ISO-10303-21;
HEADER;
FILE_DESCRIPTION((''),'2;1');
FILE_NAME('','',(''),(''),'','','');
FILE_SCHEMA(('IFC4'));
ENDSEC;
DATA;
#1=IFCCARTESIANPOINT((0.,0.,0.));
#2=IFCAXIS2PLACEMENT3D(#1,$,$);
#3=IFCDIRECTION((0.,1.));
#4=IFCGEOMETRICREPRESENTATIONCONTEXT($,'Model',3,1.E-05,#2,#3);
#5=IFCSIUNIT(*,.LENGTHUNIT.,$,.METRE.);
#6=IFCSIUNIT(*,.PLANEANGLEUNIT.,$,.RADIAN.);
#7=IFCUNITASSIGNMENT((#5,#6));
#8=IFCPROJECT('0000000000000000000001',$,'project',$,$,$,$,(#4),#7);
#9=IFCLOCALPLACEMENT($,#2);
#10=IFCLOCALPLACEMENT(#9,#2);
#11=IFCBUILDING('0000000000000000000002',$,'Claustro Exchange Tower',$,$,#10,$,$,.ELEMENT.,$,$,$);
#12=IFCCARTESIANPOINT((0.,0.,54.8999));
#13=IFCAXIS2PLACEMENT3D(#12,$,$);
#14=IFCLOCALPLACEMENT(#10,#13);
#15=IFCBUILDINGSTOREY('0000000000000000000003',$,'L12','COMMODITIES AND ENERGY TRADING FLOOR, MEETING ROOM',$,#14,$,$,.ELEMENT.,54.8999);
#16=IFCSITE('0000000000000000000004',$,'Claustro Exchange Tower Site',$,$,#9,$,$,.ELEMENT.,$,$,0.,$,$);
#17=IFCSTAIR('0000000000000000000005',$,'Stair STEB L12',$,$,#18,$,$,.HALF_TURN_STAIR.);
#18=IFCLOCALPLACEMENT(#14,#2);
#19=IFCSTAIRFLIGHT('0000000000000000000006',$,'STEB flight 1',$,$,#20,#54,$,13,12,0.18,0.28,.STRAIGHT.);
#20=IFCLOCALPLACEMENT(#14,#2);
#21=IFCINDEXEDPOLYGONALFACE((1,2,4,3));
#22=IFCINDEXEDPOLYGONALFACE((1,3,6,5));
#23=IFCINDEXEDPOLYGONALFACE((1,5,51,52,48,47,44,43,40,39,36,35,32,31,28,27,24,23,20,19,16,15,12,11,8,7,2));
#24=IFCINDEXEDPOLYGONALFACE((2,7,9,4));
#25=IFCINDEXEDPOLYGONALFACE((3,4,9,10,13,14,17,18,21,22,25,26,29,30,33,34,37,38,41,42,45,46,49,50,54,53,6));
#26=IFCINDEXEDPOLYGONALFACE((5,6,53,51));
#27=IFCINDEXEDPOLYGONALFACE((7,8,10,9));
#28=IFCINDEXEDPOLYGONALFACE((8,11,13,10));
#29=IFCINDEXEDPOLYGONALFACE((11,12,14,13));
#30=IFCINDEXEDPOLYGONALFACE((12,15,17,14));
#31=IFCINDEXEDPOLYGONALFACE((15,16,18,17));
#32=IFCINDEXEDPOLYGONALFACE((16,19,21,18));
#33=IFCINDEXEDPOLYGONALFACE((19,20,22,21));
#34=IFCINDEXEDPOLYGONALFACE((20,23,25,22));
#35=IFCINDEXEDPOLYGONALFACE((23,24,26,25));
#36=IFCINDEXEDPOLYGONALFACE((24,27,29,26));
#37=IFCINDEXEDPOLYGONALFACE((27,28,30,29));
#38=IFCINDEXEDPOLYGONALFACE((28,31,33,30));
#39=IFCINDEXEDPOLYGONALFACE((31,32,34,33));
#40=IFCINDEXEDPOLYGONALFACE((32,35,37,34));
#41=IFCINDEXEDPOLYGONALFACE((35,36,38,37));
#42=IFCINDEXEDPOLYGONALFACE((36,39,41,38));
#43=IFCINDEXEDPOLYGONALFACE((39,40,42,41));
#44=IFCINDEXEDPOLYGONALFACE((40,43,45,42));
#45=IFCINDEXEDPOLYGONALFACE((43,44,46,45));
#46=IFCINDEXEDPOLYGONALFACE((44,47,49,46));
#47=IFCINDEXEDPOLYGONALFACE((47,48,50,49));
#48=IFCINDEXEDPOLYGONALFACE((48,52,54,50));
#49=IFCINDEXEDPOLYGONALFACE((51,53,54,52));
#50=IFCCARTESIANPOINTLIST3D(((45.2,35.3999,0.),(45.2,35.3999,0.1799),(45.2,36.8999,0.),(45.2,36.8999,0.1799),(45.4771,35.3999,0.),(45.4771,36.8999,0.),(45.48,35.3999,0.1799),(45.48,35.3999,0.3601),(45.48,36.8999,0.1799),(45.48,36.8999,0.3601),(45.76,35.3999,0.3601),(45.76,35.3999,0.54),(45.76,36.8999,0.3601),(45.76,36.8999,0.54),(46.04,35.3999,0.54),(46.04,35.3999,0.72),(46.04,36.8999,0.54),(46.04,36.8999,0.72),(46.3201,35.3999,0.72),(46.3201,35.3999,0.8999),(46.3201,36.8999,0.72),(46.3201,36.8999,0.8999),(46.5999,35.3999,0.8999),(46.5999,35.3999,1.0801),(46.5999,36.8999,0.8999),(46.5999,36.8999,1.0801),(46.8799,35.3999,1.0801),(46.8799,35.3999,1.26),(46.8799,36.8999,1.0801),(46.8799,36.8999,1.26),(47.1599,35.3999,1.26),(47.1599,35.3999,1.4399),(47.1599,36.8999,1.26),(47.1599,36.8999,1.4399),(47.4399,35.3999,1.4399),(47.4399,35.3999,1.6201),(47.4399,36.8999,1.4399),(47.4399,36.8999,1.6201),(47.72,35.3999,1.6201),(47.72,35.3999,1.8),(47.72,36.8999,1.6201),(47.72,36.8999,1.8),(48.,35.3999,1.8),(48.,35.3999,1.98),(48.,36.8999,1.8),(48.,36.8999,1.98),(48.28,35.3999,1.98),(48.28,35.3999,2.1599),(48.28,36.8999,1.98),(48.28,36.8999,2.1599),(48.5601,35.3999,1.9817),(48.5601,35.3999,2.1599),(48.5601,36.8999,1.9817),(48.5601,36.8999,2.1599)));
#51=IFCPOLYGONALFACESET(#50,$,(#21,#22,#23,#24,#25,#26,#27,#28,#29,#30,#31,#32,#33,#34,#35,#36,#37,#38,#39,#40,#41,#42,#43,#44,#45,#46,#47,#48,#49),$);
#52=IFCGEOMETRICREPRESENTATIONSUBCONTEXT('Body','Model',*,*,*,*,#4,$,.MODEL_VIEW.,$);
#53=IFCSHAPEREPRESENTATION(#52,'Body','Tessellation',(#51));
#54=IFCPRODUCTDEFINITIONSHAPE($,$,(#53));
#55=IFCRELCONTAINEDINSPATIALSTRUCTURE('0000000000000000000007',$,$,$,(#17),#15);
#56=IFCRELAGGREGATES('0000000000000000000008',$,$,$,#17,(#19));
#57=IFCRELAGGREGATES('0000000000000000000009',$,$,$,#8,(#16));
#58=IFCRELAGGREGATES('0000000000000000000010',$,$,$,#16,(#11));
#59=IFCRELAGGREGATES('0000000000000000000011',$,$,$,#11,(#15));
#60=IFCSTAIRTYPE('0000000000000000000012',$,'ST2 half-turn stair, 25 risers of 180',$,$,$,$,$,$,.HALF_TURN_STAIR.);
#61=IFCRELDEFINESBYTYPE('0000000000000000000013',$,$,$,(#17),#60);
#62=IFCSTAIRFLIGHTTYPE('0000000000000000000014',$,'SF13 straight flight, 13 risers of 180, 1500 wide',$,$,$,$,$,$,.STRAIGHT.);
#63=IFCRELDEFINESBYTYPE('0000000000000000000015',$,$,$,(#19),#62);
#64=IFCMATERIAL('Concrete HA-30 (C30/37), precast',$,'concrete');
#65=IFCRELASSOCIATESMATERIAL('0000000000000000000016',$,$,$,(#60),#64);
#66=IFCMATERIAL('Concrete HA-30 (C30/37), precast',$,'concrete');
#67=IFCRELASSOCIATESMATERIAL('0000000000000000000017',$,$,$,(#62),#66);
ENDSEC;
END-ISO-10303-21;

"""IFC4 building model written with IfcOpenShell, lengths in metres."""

from ifc_helpers import new_model, si_unit, direction, frame, origin, place, context, subcontext, project, spatial, polyline, outline, extrude, material, type_object, element, aggregate, save


model = new_model("IFC4")

# Units and contexts
model_context = context("Model", 3, precision=1e-05, world=origin(), true_north=direction((0.0, 1.0)))
body_context = subcontext(model_context, "Body", "Model", "MODEL_VIEW")
ifc_project = project(units=[si_unit("LENGTHUNIT", "METRE"), si_unit("PLANEANGLEUNIT", "RADIAN")], contexts=[model_context])

# Site, building, storey
site_placement = place(None, origin())
site = spatial("IfcSite", under=ifc_project, at=site_placement, Name="Claustro Exchange Tower Site", CompositionType="ELEMENT", RefElevation=0.0)
building_placement = place(site_placement, origin())
building = spatial("IfcBuilding", under=site, at=building_placement, Name="Claustro Exchange Tower", CompositionType="ELEMENT")
storey_placement = place(building_placement, frame((0.0, 0.0, 54.8999)))
storey = spatial("IfcBuildingStorey", under=building, at=storey_placement, Name="L12", Description="COMMODITIES AND ENERGY TRADING FLOOR, MEETING ROOM", CompositionType="ELEMENT", Elevation=54.8999)

# Stair, stair flight
ifc_material_1 = material(Name="Concrete HA-30 (C30/37), precast", Category="concrete")
stair_type = type_object("IfcStairType", Name="ST2 half-turn stair, 25 risers of 180", PredefinedType="HALF_TURN_STAIR", material=ifc_material_1)
stair_placement = place(storey_placement, origin())
stair = element("IfcStair", 1, at=stair_placement, inside=storey, type_object=stair_type, Name="Stair STEB L12", PredefinedType="HALF_TURN_STAIR")
ifc_material_2 = material(Name="Concrete HA-30 (C30/37), precast", Category="concrete")
stair_flight_type_1 = type_object("IfcStairFlightType", Name="SF13 straight flight, 13 risers of 180, 1500 wide", PredefinedType="STRAIGHT", material=ifc_material_2)
stair_flight_1_placement = place(storey_placement, frame((45.2, 36.1499, 0.0), z_axis=(0.0, 0.0, 1.0), x_axis=(1.0, 0.0, 0.0)))
stair_flight_1 = element("IfcStairFlight", 2, at=stair_flight_1_placement, type_object=stair_flight_type_1, Name="STEB flight 1", NumberOfRisers=13, NumberOfTreads=12, PredefinedType="STRAIGHT", RiserHeight=0.18, TreadLength=0.28, context=body_context, shape_type="SweptSolid", body=[
    extrude(outline(polyline([(0.0, 0.0), (0.0, 0.1799), (0.28, 0.1799), (0.28, 0.3601), (0.5601, 0.3601), (0.5601, 0.54), (0.8401, 0.54), (0.8401, 0.72), (1.1201, 0.72), (1.1201, 0.8999), (1.3999, 0.8999), (1.3999, 1.0801), (1.6799, 1.0801), (1.6799, 1.26), (1.96, 1.26), (1.96, 1.4399), (2.24, 1.4399), (2.24, 1.6201), (2.52, 1.6201), (2.52, 1.8), (2.8, 1.8), (2.8, 1.98), (3.0801, 1.98), (3.0801, 2.1599), (3.3601, 2.1599), (3.3601, 2.3401), (3.3601, 1.9817), (0.2771, 0.0), (0.0, 0.0)])), frame((0.0, 0.75, 0.0), z_axis=(0.0, -1.0, 0.0), x_axis=(1.0, 0.0, 0.0)), (0.0, 0.0, 1.0), 1.5),
])
aggregate(stair, [stair_flight_1])

save(model, "model.ifc")
